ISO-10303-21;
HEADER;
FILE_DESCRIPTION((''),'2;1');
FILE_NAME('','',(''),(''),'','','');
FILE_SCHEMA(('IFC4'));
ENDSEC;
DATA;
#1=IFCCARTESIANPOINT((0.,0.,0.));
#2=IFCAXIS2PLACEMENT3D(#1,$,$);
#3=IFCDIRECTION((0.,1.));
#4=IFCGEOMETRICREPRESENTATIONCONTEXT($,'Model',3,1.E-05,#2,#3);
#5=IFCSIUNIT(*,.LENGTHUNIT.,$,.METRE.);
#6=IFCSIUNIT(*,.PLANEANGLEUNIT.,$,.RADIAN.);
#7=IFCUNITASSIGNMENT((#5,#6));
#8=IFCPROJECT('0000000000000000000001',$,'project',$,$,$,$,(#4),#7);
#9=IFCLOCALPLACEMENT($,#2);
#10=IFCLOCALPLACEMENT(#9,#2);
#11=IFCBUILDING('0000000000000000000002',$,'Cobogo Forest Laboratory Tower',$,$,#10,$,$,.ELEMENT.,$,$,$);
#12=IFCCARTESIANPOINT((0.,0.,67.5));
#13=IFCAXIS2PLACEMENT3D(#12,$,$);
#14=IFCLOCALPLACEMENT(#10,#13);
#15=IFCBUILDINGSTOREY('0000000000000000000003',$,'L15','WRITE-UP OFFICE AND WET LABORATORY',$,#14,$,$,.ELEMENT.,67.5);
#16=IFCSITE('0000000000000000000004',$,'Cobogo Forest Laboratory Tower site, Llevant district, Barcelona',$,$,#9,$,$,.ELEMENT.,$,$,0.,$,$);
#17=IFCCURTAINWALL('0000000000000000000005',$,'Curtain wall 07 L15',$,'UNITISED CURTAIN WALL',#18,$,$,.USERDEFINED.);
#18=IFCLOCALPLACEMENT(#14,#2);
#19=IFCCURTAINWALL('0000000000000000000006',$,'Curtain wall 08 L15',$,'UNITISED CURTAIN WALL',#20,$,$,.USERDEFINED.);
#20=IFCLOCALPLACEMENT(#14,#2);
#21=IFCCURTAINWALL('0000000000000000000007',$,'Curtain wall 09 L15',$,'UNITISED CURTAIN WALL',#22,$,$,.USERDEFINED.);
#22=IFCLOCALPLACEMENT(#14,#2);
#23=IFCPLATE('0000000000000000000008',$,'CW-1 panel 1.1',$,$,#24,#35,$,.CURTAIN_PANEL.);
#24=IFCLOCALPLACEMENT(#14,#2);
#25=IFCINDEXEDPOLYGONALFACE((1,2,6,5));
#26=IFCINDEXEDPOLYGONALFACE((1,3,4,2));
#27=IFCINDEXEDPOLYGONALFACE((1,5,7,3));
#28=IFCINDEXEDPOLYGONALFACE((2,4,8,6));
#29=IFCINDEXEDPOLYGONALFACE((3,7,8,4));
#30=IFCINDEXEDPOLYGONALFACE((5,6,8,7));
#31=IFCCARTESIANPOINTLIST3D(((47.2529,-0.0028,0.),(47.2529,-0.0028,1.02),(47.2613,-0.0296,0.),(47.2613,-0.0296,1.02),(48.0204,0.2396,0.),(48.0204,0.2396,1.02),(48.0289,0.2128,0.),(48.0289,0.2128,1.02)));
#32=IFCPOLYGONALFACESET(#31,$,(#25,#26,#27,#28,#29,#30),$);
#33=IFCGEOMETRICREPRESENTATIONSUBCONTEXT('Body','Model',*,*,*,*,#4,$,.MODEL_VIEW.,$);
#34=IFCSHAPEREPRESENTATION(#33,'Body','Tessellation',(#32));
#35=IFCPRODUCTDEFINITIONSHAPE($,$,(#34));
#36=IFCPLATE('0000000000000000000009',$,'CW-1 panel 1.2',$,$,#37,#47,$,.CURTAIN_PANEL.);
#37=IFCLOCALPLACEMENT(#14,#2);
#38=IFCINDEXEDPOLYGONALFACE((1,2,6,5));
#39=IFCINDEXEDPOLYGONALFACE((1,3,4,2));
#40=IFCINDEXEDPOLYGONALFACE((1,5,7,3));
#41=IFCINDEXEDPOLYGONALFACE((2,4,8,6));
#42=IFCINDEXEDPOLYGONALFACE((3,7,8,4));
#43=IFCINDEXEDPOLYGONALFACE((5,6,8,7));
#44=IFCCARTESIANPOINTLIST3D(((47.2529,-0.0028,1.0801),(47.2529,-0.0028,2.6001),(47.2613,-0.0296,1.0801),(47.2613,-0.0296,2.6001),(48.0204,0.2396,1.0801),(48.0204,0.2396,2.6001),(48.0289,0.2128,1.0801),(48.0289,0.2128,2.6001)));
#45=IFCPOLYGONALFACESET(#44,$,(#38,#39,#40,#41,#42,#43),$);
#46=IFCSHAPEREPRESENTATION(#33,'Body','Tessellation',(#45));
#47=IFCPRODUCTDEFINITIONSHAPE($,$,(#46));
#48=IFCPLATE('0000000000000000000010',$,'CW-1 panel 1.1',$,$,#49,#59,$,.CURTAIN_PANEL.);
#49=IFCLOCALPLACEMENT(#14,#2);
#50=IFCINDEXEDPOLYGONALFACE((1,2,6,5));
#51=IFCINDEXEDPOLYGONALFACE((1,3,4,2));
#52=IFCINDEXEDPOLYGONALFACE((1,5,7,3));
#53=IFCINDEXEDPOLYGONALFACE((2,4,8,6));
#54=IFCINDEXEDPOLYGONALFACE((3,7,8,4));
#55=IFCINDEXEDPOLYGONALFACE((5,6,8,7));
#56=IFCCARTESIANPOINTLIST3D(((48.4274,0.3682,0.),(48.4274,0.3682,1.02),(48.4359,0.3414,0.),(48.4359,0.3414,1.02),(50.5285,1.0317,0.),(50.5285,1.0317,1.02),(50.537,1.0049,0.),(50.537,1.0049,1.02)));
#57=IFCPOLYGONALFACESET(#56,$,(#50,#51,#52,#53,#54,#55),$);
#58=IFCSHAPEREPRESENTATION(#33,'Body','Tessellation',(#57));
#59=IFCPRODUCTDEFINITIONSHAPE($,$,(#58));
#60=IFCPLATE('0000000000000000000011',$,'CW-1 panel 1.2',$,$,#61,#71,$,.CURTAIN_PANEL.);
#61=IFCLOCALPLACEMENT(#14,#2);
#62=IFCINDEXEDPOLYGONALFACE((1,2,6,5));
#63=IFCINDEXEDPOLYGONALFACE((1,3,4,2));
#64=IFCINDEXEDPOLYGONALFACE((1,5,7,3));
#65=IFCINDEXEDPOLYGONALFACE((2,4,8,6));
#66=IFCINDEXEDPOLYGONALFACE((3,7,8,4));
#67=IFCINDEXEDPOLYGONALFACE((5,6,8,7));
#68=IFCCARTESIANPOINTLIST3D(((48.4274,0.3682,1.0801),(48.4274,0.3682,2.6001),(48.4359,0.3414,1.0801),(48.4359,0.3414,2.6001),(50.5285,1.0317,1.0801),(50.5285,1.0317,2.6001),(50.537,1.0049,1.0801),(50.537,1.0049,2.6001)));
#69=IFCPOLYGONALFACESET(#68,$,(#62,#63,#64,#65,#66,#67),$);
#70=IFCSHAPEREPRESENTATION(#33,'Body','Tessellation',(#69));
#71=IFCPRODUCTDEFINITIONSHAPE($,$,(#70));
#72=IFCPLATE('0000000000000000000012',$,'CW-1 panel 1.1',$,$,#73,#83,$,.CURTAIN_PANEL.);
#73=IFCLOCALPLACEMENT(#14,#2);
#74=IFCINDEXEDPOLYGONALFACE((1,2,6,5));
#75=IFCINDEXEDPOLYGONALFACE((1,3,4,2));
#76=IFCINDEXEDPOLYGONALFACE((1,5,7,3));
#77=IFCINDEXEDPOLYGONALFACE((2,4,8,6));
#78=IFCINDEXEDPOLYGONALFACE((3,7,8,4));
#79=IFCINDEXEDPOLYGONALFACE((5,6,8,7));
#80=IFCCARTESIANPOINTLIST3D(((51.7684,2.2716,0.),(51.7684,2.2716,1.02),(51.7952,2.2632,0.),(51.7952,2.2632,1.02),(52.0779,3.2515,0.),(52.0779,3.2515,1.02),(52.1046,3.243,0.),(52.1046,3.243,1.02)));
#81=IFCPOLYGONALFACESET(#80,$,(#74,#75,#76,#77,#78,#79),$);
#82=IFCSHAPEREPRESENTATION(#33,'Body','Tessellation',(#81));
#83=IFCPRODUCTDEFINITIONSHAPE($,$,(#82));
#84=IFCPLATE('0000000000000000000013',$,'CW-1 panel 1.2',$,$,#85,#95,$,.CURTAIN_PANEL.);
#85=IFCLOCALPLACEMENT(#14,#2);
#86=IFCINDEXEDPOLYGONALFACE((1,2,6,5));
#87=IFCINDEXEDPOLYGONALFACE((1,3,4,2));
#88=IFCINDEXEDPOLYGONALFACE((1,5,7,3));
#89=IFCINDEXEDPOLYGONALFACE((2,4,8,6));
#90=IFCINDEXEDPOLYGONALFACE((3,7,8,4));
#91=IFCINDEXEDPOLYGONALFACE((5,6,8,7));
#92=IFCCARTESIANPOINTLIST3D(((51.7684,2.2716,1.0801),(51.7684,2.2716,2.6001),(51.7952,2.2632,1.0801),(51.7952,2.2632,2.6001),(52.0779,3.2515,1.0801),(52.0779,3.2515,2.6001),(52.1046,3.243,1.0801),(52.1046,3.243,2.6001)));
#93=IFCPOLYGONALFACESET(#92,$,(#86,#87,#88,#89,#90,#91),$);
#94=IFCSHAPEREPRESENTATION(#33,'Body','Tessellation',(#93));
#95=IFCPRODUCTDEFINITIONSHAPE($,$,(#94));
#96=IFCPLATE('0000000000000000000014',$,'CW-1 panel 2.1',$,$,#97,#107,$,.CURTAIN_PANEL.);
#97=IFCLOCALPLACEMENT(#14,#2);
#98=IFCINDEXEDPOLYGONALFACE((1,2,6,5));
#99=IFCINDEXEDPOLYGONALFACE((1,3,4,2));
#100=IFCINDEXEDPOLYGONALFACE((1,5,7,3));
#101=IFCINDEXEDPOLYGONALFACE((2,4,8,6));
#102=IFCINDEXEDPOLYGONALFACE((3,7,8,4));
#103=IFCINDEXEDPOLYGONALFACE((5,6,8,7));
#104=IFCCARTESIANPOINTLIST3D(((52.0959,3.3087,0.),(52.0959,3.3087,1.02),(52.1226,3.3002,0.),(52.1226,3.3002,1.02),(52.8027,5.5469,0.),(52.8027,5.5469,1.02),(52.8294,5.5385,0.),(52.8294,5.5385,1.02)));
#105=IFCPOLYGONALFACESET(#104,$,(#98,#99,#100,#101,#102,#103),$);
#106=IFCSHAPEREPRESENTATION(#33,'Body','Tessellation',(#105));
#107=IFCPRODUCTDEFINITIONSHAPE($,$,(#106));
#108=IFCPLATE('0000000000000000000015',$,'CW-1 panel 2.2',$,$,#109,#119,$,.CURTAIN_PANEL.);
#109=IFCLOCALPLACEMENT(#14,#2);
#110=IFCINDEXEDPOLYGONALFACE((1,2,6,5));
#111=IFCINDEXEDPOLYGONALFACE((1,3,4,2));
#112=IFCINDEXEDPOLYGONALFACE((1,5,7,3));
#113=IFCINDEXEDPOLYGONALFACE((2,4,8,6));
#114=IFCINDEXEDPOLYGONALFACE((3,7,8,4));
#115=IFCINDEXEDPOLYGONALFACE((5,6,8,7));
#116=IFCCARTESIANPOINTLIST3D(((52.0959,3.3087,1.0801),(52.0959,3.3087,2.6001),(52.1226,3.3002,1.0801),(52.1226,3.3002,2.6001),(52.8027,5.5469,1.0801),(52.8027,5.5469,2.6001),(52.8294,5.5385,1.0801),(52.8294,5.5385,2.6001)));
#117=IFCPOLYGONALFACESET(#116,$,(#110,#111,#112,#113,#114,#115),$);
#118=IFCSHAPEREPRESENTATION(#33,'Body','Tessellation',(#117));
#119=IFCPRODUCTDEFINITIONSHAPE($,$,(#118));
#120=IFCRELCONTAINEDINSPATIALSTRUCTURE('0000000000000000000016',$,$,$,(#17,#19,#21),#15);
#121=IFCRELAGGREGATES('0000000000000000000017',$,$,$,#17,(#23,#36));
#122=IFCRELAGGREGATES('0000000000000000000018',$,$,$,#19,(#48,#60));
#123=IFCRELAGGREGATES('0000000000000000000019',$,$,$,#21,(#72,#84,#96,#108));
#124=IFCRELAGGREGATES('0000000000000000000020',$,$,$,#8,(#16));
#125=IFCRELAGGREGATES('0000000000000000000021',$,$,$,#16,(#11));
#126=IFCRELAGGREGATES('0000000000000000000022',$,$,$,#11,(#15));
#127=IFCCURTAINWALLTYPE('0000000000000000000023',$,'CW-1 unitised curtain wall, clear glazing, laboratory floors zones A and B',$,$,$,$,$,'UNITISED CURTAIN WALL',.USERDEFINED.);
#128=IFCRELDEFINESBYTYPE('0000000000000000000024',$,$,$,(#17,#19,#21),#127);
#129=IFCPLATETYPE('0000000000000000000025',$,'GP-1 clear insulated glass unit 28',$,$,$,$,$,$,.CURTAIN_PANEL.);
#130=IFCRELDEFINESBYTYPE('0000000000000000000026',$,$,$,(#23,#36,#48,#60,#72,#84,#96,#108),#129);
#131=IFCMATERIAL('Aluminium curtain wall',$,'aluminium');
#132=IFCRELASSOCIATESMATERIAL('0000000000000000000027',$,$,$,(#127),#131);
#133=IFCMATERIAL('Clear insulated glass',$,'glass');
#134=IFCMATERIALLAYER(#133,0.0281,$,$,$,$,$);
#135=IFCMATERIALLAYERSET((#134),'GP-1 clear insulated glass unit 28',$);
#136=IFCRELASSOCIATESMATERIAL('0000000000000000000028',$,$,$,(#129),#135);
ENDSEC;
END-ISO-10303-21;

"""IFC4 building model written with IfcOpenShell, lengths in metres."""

from ifc_helpers import new_model, si_unit, direction, frame, origin, origin_2d, place, context, subcontext, project, spatial, rectangle, extrude, material, layer, layer_set, type_object, element, aggregate, save


model = new_model("IFC4")

# Units and contexts
model_context = context("Model", 3, precision=1e-05, world=origin(), true_north=direction((0.0, 1.0)))
body_context = subcontext(model_context, "Body", "Model", "MODEL_VIEW")
ifc_project = project(units=[si_unit("LENGTHUNIT", "METRE"), si_unit("PLANEANGLEUNIT", "RADIAN")], contexts=[model_context])

# Site, building, storey
site_placement = place(None, origin())
site = spatial("IfcSite", under=ifc_project, at=site_placement, Name="Cobogo Forest Laboratory Tower site, Llevant district, Barcelona", CompositionType="ELEMENT", RefElevation=0.0)
building_placement = place(site_placement, origin())
building = spatial("IfcBuilding", under=site, at=building_placement, Name="Cobogo Forest Laboratory Tower", CompositionType="ELEMENT")
storey_placement = place(building_placement, frame((0.0, 0.0, 67.5)))
storey = spatial("IfcBuildingStorey", under=building, at=storey_placement, Name="L15", Description="WRITE-UP OFFICE AND WET LABORATORY", CompositionType="ELEMENT", Elevation=67.5)

# Shared definitions
ifc_material_1 = material(Name="Aluminium curtain wall", Category="aluminium")
curtain_wall_type = type_object("IfcCurtainWallType", Name="CW-1 unitised curtain wall, clear glazing, laboratory floors zones A and B", ElementType="UNITISED CURTAIN WALL", PredefinedType="USERDEFINED", material=ifc_material_1)

# Curtain walls
curtain_wall_1_placement = place(storey_placement, origin())
curtain_wall_1 = element("IfcCurtainWall", 1, at=curtain_wall_1_placement, inside=storey, type_object=curtain_wall_type, Name="Curtain wall 07 L15", ObjectType="UNITISED CURTAIN WALL", PredefinedType="USERDEFINED")
curtain_wall_2_placement = place(storey_placement, origin())
curtain_wall_2 = element("IfcCurtainWall", 2, at=curtain_wall_2_placement, inside=storey, type_object=curtain_wall_type, Name="Curtain wall 08 L15", ObjectType="UNITISED CURTAIN WALL", PredefinedType="USERDEFINED")
curtain_wall_3_placement = place(storey_placement, origin())
curtain_wall_3 = element("IfcCurtainWall", 3, at=curtain_wall_3_placement, inside=storey, type_object=curtain_wall_type, Name="Curtain wall 09 L15", ObjectType="UNITISED CURTAIN WALL", PredefinedType="USERDEFINED")

# Plates
ifc_material_2 = material(Name="Clear insulated glass", Category="glass")
ifc_layer = layer(ifc_material_2, 0.0281)
ifc_layer_set = layer_set([ifc_layer], Name="GP-1 clear insulated glass unit 28")
plate_type = type_object("IfcPlateType", Name="GP-1 clear insulated glass unit 28", PredefinedType="CURTAIN_PANEL", material=ifc_layer_set)
plate_1_placement = place(storey_placement, frame((47.6409, 0.105, 0.0), z_axis=(0.0, 0.0, 1.0), x_axis=(0.953581, 0.301135, 0.0)))
plate_1 = element("IfcPlate", 4, at=plate_1_placement, type_object=plate_type, Name="CW-1 panel 1.1", PredefinedType="CURTAIN_PANEL", context=body_context, shape_type="SweptSolid", body=[
    extrude(rectangle(XDim=0.8049, YDim=0.0281, at=origin_2d()), origin(), (0.0, 0.0, 1.0), 1.02),
])
plate_2_placement = place(storey_placement, frame((47.6409, 0.105, 1.0801), z_axis=(0.0, 0.0, 1.0), x_axis=(0.953581, 0.301135, 0.0)))
plate_2 = element("IfcPlate", 5, at=plate_2_placement, type_object=plate_type, Name="CW-1 panel 1.2", PredefinedType="CURTAIN_PANEL", context=body_context, shape_type="SweptSolid", body=[
    extrude(rectangle(XDim=0.8049, YDim=0.0281, at=origin_2d()), origin(), (0.0, 0.0, 1.0), 1.52),
])
aggregate(curtain_wall_1, [plate_1, plate_2])
plate_3_placement = place(storey_placement, frame((49.4822, 0.6865, 0.0), z_axis=(0.0, 0.0, 1.0), x_axis=(0.953581, 0.301135, 0.0)))
plate_3 = element("IfcPlate", 6, at=plate_3_placement, type_object=plate_type, Name="CW-1 panel 1.1", PredefinedType="CURTAIN_PANEL", context=body_context, shape_type="SweptSolid", body=[
    extrude(rectangle(XDim=2.2034, YDim=0.0281, at=origin_2d()), origin(), (0.0, 0.0, 1.0), 1.02),
])
plate_4_placement = place(storey_placement, frame((49.4822, 0.6865, 1.0801), z_axis=(0.0, 0.0, 1.0), x_axis=(0.953581, 0.301135, 0.0)))
plate_4 = element("IfcPlate", 7, at=plate_4_placement, type_object=plate_type, Name="CW-1 panel 1.2", PredefinedType="CURTAIN_PANEL", context=body_context, shape_type="SweptSolid", body=[
    extrude(rectangle(XDim=2.2034, YDim=0.0281, at=origin_2d()), origin(), (0.0, 0.0, 1.0), 1.52),
])
aggregate(curtain_wall_2, [plate_3, plate_4])
plate_5_placement = place(storey_placement, frame((51.9365, 2.7573, 0.0), z_axis=(0.0, 0.0, 1.0), x_axis=(0.301135, 0.953581, 0.0)))
plate_5 = element("IfcPlate", 8, at=plate_5_placement, type_object=plate_type, Name="CW-1 panel 1.1", PredefinedType="CURTAIN_PANEL", context=body_context, shape_type="SweptSolid", body=[
    extrude(rectangle(XDim=1.0276, YDim=0.0281, at=origin_2d()), origin(), (0.0, 0.0, 1.0), 1.02),
])
plate_6_placement = place(storey_placement, frame((51.9365, 2.7573, 1.0801), z_axis=(0.0, 0.0, 1.0), x_axis=(0.301135, 0.953581, 0.0)))
plate_6 = element("IfcPlate", 9, at=plate_6_placement, type_object=plate_type, Name="CW-1 panel 1.2", PredefinedType="CURTAIN_PANEL", context=body_context, shape_type="SweptSolid", body=[
    extrude(rectangle(XDim=1.0276, YDim=0.0281, at=origin_2d()), origin(), (0.0, 0.0, 1.0), 1.52),
])
plate_7_placement = place(storey_placement, frame((52.4626, 4.4236, 0.0), z_axis=(0.0, 0.0, 1.0), x_axis=(0.301135, 0.953581, 0.0)))
plate_7 = element("IfcPlate", 10, at=plate_7_placement, type_object=plate_type, Name="CW-1 panel 2.1", PredefinedType="CURTAIN_PANEL", context=body_context, shape_type="SweptSolid", body=[
    extrude(rectangle(XDim=2.3472, YDim=0.0281, at=origin_2d()), origin(), (0.0, 0.0, 1.0), 1.02),
])
plate_8_placement = place(storey_placement, frame((52.4626, 4.4236, 1.0801), z_axis=(0.0, 0.0, 1.0), x_axis=(0.301135, 0.953581, 0.0)))
plate_8 = element("IfcPlate", 11, at=plate_8_placement, type_object=plate_type, Name="CW-1 panel 2.2", PredefinedType="CURTAIN_PANEL", context=body_context, shape_type="SweptSolid", body=[
    extrude(rectangle(XDim=2.3472, YDim=0.0281, at=origin_2d()), origin(), (0.0, 0.0, 1.0), 1.52),
])
aggregate(curtain_wall_3, [plate_5, plate_6, plate_7, plate_8])

save(model, "model.ifc")
